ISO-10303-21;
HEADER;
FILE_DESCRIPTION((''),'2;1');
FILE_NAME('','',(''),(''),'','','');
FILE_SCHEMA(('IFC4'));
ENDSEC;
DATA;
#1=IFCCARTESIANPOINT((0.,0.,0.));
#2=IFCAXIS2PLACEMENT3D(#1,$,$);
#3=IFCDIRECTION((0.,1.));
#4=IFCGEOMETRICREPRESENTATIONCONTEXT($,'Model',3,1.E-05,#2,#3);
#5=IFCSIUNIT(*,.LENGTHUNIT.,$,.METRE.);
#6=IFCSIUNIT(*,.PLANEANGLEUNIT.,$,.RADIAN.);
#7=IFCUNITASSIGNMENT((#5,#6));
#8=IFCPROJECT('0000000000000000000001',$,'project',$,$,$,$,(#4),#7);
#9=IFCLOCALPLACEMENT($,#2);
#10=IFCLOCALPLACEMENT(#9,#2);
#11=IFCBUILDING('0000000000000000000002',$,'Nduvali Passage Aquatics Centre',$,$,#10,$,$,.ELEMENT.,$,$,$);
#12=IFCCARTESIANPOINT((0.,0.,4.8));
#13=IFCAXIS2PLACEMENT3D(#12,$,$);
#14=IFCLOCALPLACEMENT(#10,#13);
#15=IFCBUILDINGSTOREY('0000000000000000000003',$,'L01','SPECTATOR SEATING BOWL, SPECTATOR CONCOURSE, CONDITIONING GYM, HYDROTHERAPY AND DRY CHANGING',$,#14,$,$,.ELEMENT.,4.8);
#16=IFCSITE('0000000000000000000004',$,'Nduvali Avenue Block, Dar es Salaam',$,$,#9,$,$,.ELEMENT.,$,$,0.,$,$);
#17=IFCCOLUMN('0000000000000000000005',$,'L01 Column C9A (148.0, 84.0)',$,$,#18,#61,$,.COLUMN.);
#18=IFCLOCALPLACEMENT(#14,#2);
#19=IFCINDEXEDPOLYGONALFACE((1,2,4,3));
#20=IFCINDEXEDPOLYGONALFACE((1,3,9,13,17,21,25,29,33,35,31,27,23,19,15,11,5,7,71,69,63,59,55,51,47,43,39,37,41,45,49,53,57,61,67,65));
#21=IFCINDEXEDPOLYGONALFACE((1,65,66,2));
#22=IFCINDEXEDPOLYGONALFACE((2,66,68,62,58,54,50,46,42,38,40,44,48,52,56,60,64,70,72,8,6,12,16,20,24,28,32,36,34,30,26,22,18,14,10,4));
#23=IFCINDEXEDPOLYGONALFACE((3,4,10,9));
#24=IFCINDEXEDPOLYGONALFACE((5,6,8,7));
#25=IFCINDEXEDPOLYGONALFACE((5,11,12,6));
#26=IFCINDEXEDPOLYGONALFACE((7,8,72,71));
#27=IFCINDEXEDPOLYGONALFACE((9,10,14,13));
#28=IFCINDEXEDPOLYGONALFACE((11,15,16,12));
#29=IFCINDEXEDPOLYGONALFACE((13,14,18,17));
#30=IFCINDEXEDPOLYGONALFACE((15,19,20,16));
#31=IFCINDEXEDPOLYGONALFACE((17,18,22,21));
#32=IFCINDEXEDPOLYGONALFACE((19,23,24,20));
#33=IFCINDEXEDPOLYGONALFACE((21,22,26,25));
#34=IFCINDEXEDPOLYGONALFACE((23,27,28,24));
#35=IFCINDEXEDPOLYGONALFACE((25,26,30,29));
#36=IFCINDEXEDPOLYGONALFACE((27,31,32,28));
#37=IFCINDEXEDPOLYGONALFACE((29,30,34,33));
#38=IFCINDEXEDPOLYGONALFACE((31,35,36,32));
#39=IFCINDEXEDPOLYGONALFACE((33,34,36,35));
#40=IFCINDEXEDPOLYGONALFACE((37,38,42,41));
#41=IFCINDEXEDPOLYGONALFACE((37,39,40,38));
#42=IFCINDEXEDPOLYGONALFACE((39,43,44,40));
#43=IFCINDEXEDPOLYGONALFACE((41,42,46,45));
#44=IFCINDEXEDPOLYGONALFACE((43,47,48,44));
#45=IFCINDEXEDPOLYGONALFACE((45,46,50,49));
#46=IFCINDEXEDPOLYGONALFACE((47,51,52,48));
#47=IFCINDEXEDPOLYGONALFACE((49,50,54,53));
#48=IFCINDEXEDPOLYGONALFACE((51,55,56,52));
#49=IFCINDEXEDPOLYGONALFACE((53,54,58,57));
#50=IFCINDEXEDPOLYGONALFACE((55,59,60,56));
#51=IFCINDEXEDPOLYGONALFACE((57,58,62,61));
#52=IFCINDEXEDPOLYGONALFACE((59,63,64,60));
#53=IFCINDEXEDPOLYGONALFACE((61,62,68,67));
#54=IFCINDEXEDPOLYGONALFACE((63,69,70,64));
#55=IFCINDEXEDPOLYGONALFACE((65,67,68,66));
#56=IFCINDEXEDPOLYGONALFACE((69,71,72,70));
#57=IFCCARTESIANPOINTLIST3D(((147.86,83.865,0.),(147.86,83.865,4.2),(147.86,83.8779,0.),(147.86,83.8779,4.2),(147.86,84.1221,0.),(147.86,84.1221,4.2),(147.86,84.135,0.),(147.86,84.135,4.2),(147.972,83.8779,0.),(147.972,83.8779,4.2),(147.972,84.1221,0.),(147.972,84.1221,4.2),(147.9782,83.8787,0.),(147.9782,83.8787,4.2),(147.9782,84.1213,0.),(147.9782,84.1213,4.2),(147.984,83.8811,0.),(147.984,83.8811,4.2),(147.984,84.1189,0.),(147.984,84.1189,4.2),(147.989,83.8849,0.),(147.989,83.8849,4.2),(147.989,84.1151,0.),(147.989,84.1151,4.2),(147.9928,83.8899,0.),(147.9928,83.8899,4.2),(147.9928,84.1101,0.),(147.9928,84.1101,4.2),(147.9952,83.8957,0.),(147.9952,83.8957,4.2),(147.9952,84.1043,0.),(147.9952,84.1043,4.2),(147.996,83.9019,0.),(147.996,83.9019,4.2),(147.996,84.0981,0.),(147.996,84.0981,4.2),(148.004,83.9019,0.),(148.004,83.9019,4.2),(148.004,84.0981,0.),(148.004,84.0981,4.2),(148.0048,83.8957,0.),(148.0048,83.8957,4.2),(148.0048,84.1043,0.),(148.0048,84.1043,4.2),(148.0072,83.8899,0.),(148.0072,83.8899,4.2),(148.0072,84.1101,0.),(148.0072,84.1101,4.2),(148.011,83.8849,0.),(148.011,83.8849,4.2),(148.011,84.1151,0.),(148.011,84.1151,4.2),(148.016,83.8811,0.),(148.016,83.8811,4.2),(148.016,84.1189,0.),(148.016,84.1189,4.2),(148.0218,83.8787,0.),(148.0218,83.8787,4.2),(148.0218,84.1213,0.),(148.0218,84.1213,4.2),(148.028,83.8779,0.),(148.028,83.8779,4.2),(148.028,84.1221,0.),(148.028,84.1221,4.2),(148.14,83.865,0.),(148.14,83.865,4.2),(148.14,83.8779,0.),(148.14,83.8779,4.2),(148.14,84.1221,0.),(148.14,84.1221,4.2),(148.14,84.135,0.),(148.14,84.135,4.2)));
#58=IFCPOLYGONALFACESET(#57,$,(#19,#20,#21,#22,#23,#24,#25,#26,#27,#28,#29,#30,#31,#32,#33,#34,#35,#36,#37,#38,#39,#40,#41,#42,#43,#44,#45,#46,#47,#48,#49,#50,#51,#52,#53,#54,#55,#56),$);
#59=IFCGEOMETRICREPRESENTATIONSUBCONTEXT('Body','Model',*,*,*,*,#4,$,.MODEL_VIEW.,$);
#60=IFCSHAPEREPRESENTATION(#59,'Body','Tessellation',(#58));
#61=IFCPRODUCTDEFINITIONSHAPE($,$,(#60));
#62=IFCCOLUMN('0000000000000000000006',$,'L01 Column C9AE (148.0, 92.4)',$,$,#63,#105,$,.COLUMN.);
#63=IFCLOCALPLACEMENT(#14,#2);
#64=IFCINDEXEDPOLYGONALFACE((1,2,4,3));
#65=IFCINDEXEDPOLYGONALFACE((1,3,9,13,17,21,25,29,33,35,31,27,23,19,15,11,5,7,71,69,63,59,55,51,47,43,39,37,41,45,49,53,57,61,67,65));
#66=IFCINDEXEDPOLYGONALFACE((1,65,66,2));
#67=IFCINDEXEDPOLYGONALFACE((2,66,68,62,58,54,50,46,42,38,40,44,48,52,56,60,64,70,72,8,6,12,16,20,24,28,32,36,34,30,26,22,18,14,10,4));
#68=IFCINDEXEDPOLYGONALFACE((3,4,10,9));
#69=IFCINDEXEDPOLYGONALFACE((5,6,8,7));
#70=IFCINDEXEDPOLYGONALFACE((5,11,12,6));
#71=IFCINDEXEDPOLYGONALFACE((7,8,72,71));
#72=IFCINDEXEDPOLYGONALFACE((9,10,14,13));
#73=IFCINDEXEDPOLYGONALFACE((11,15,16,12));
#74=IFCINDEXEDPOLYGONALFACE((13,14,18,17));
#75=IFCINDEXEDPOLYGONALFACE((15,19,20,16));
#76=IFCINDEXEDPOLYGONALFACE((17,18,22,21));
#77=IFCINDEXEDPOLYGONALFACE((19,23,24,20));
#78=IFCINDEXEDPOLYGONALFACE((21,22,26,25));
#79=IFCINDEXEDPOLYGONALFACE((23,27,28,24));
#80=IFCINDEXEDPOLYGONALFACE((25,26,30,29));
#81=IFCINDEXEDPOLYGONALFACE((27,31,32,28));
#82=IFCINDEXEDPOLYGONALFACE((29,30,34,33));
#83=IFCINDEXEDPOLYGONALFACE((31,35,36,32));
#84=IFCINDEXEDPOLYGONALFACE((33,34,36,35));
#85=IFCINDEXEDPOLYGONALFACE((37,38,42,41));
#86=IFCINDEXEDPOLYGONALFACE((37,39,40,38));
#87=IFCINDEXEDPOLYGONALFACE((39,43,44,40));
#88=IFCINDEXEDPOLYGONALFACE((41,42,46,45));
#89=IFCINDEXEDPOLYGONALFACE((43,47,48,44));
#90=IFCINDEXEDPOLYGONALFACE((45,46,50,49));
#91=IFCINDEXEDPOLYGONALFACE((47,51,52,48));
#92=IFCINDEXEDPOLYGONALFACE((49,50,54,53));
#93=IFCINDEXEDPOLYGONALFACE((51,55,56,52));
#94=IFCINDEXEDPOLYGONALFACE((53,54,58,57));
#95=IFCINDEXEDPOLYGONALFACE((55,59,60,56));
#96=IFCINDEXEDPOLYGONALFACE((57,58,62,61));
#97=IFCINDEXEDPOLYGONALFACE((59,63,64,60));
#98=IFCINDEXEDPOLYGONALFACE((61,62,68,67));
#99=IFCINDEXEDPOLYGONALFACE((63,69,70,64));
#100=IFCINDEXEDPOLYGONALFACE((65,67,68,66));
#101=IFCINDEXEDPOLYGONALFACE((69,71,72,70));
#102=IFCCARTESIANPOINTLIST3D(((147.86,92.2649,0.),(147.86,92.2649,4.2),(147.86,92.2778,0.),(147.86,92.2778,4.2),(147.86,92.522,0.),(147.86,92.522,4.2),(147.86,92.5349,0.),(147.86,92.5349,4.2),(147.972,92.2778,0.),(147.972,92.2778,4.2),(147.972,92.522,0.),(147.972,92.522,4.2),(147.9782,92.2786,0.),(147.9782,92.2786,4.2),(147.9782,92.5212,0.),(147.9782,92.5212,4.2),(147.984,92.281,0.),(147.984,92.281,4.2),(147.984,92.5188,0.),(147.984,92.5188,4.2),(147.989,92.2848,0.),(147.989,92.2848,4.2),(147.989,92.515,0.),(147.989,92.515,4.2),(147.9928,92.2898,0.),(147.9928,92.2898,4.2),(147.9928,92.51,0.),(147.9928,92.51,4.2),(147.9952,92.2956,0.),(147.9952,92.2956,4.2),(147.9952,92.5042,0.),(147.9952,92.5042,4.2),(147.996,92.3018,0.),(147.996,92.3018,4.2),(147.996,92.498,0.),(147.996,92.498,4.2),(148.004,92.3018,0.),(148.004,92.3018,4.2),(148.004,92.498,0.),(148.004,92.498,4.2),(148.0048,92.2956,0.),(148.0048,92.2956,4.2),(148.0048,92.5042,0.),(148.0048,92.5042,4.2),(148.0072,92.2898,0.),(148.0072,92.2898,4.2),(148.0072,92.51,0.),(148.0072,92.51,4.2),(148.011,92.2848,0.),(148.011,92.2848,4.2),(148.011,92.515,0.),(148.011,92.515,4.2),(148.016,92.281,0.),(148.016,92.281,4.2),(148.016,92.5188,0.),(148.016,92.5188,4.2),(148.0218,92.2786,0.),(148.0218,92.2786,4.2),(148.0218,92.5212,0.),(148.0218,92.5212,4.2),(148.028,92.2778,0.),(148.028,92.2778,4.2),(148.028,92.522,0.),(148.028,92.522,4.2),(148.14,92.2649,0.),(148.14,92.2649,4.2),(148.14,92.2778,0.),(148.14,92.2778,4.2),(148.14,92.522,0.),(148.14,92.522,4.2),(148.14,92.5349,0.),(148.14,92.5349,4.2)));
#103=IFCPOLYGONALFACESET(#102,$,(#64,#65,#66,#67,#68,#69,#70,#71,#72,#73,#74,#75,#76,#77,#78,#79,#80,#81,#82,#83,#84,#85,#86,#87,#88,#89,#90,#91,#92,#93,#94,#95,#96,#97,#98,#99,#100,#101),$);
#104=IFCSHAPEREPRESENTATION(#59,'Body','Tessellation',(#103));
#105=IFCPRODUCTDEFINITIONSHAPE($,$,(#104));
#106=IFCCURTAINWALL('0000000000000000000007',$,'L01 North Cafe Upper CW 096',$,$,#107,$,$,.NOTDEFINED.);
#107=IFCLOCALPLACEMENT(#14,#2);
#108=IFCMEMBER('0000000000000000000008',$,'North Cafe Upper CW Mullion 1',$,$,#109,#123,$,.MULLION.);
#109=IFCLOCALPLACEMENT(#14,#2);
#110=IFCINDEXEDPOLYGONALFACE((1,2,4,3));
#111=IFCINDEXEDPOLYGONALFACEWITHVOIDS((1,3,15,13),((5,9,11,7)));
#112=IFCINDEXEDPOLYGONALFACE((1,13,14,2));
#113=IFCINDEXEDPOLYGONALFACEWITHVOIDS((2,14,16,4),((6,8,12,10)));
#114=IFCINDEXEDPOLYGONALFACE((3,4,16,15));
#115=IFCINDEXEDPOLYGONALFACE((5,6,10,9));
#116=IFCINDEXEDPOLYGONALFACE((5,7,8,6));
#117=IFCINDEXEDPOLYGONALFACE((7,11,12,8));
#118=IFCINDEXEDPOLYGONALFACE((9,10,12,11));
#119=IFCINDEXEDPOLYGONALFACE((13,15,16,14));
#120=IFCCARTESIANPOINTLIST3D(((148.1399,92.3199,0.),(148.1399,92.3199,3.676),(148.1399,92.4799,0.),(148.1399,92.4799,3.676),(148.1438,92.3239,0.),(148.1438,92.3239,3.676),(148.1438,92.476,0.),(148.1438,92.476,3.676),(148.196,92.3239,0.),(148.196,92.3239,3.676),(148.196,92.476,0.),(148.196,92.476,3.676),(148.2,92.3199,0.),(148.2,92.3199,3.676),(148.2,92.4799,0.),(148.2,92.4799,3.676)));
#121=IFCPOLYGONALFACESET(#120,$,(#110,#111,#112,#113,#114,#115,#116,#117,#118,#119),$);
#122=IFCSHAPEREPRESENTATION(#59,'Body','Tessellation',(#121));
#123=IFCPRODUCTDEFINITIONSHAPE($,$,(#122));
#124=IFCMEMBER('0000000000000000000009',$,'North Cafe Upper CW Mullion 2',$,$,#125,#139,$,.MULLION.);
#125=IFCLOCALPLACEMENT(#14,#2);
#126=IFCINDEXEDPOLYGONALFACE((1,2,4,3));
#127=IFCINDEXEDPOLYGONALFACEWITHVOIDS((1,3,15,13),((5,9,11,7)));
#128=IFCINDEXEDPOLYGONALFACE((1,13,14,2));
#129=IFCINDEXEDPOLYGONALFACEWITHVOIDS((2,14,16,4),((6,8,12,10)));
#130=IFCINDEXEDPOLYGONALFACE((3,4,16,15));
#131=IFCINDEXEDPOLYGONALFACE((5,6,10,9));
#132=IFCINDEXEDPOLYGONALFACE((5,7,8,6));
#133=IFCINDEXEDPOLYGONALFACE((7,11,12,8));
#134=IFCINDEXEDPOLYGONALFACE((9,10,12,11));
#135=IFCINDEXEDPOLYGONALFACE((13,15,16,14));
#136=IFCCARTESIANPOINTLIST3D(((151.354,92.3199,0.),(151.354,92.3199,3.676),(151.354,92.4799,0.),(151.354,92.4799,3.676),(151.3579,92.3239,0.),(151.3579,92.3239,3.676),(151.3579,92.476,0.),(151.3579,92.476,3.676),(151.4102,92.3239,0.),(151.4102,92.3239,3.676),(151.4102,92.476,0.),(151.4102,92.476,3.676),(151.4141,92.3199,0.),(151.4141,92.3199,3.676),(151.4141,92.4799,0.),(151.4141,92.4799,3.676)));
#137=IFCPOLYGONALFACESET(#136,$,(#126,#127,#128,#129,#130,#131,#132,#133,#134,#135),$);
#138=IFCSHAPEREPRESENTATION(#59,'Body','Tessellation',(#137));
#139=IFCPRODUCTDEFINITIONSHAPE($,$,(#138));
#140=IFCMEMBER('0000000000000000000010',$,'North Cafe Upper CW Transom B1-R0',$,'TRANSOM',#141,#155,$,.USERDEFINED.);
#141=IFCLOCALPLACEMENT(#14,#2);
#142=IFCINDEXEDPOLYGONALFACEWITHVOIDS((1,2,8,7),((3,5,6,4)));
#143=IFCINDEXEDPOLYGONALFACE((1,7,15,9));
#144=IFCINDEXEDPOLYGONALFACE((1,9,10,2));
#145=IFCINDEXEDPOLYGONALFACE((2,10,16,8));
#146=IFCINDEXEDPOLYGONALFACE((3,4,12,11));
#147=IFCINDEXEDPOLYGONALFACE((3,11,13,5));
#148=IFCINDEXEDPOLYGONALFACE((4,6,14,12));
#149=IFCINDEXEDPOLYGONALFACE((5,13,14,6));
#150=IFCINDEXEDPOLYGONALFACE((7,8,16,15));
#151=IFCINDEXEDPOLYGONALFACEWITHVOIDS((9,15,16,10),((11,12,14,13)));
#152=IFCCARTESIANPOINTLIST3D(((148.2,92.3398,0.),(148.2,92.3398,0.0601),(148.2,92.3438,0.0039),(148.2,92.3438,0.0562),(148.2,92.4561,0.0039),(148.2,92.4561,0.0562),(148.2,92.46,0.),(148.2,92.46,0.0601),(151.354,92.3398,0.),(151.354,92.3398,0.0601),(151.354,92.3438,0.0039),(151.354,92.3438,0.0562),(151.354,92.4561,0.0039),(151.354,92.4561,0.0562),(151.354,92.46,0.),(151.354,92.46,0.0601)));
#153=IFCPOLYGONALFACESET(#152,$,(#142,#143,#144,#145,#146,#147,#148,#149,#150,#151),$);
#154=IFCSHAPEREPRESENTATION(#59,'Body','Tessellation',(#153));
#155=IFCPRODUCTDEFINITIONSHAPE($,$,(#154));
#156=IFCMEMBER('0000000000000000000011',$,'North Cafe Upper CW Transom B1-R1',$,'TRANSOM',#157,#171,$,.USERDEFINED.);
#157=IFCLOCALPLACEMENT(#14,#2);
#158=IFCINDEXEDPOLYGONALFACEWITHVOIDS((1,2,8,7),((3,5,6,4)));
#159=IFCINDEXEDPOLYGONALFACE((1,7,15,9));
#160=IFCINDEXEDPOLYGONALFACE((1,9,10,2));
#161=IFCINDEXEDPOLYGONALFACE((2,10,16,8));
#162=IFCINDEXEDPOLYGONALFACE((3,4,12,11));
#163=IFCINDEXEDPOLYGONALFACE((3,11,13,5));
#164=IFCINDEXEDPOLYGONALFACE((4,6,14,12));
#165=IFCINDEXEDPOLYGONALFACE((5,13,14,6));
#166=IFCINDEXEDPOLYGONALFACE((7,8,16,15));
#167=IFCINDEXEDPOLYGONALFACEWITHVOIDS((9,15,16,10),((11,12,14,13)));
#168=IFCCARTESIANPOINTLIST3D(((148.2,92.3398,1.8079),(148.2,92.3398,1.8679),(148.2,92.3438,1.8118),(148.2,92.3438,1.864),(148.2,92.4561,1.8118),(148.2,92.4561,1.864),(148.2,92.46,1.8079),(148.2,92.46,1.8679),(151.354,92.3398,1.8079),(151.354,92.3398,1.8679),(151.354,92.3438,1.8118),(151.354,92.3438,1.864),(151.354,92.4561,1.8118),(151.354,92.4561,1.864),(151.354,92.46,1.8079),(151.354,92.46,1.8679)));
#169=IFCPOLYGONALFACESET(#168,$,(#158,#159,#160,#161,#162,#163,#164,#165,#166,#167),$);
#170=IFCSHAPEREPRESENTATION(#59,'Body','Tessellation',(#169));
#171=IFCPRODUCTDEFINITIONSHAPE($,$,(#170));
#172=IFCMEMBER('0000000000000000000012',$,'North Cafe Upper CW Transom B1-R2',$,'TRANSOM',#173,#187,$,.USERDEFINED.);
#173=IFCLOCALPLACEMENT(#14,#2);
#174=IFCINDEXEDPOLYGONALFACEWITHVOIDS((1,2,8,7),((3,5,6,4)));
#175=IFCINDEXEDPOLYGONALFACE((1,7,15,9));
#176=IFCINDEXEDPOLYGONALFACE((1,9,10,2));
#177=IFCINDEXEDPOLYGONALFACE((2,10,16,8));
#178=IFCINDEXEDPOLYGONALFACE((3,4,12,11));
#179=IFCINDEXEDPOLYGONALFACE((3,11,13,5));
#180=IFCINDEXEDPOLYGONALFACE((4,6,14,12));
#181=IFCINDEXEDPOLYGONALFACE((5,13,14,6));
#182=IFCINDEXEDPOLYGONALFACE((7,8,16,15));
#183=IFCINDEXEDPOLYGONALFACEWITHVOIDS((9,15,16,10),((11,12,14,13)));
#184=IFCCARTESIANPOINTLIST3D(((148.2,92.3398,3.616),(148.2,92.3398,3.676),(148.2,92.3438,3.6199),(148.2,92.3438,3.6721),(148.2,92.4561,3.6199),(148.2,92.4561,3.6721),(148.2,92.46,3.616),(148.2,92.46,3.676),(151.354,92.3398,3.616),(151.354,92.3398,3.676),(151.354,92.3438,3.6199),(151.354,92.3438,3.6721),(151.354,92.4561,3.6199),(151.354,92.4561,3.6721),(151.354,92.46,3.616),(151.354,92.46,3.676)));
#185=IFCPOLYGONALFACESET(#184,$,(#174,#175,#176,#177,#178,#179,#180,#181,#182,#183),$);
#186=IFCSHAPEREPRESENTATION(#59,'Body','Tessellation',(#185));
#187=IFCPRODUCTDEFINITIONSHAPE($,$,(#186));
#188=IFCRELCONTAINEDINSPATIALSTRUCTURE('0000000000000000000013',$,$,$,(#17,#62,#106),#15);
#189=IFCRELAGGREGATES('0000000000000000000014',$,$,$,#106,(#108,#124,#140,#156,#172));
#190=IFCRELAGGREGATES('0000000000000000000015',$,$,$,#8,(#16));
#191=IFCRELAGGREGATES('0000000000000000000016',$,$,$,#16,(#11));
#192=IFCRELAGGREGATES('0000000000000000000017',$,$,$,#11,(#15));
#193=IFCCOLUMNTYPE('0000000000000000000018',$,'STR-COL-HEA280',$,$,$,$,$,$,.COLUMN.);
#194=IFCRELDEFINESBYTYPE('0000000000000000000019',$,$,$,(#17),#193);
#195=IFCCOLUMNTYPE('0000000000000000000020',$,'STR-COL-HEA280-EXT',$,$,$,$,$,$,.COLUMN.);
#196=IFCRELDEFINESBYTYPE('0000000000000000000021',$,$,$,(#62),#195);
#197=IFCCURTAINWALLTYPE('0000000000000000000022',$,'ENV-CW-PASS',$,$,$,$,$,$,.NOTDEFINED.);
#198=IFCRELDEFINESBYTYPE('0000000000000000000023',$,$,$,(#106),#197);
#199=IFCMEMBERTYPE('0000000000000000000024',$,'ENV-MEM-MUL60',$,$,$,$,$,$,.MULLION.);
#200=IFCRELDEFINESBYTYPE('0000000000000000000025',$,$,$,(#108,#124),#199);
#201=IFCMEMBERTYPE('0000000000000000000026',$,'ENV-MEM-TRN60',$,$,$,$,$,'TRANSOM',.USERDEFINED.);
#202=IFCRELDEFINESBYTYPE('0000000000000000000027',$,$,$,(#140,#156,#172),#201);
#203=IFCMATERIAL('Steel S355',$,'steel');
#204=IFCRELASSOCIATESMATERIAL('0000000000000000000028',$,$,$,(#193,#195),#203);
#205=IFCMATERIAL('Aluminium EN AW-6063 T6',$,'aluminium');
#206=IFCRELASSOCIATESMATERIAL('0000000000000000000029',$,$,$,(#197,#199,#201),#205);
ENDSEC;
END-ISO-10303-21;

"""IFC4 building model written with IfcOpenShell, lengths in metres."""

from ifc_helpers import new_model, si_unit, direction, frame, origin, origin_2d, place, context, subcontext, project, spatial, hollow_rectangle, i_section, extrude, material, material_profile, profile_set, type_object, element, aggregate, save


model = new_model("IFC4")

# Units and contexts
model_context = context("Model", 3, precision=1e-05, world=origin(), true_north=direction((0.0, 1.0)))
body_context = subcontext(model_context, "Body", "Model", "MODEL_VIEW")
ifc_project = project(units=[si_unit("LENGTHUNIT", "METRE"), si_unit("PLANEANGLEUNIT", "RADIAN")], contexts=[model_context])

# Site, building, storey
site_placement = place(None, origin())
site = spatial("IfcSite", under=ifc_project, at=site_placement, Name="Nduvali Avenue Block, Dar es Salaam", CompositionType="ELEMENT", RefElevation=0.0)
building_placement = place(site_placement, origin())
building = spatial("IfcBuilding", under=site, at=building_placement, Name="Nduvali Passage Aquatics Centre", CompositionType="ELEMENT")
storey_placement = place(building_placement, frame((0.0, 0.0, 4.8)))
storey = spatial("IfcBuildingStorey", under=building, at=storey_placement, Name="L01", Description="SPECTATOR SEATING BOWL, SPECTATOR CONCOURSE, CONDITIONING GYM, HYDROTHERAPY AND DRY CHANGING", CompositionType="ELEMENT", Elevation=4.8)

# Columns
ifc_material_1 = material(Name="Steel S355", Category="steel")
ifc_material_profile_1 = material_profile(ifc_material_1, i_section(OverallWidth=0.28, OverallDepth=0.27, WebThickness=0.0081, FlangeThickness=0.0129, FilletRadius=0.0239, at=origin_2d()), Name="HEA 280")
ifc_profile_set_1 = profile_set([ifc_material_profile_1], Name="Steel S355")
column_type_1 = type_object("IfcColumnType", Name="STR-COL-HEA280", PredefinedType="COLUMN", material=ifc_profile_set_1)
column_1_placement = place(storey_placement, frame((148.0, 84.0, 0.0), z_axis=(0.0, 0.0, 1.0), x_axis=(1.0, 0.0, 0.0)))
element("IfcColumn", 1, at=column_1_placement, inside=storey, type_object=column_type_1, Name="L01 Column C9A (148.0, 84.0)", PredefinedType="COLUMN", context=body_context, shape_type="SweptSolid", body=[
    extrude(i_section(OverallWidth=0.28, OverallDepth=0.27, WebThickness=0.0081, FlangeThickness=0.0129, FilletRadius=0.0239, at=origin_2d()), origin(), (0.0, 0.0, 1.0), 4.2),
])
ifc_material_profile_2 = material_profile(ifc_material_1, i_section(OverallWidth=0.28, OverallDepth=0.27, WebThickness=0.0081, FlangeThickness=0.0129, FilletRadius=0.0239, at=origin_2d()), Name="HEA 280")
ifc_profile_set_2 = profile_set([ifc_material_profile_2], Name="Steel S355")
column_type_2 = type_object("IfcColumnType", Name="STR-COL-HEA280-EXT", PredefinedType="COLUMN", material=ifc_profile_set_2)
column_2_placement = place(storey_placement, frame((148.0, 92.3999, 0.0), z_axis=(0.0, 0.0, 1.0), x_axis=(1.0, 0.0, 0.0)))
element("IfcColumn", 2, at=column_2_placement, inside=storey, type_object=column_type_2, Name="L01 Column C9AE (148.0, 92.4)", PredefinedType="COLUMN", context=body_context, shape_type="SweptSolid", body=[
    extrude(i_section(OverallWidth=0.28, OverallDepth=0.27, WebThickness=0.0081, FlangeThickness=0.0129, FilletRadius=0.0239, at=origin_2d()), origin(), (0.0, 0.0, 1.0), 4.2),
])

# Curtain wall, members
ifc_material_2 = material(Name="Aluminium EN AW-6063 T6", Category="aluminium")
curtain_wall_type = type_object("IfcCurtainWallType", Name="ENV-CW-PASS", PredefinedType="NOTDEFINED", material=ifc_material_2)
curtain_wall_placement = place(storey_placement, origin())
curtain_wall = element("IfcCurtainWall", 3, at=curtain_wall_placement, inside=storey, type_object=curtain_wall_type, Name="L01 North Cafe Upper CW 096", PredefinedType="NOTDEFINED")
ifc_material_profile_3 = material_profile(ifc_material_2, hollow_rectangle(XDim=0.0601, YDim=0.1599, WallThickness=0.0039, at=origin_2d()), Name="ALU MULLION 60x160x4")
ifc_profile_set_3 = profile_set([ifc_material_profile_3], Name="Aluminium EN AW-6063 T6")
member_type_1 = type_object("IfcMemberType", Name="ENV-MEM-MUL60", PredefinedType="MULLION", material=ifc_profile_set_3)
member_1_placement = place(storey_placement, frame((148.1699, 92.3999, 0.0), z_axis=(0.0, 0.0, 1.0), x_axis=(1.0, 0.0, 0.0)))
member_1 = element("IfcMember", 4, at=member_1_placement, type_object=member_type_1, Name="North Cafe Upper CW Mullion 1", PredefinedType="MULLION", context=body_context, shape_type="SweptSolid", body=[
    extrude(hollow_rectangle(XDim=0.0601, YDim=0.1599, WallThickness=0.0039, at=origin_2d()), origin(), (0.0, 0.0, 1.0), 3.676),
])
member_2_placement = place(storey_placement, frame((151.384, 92.3999, 0.0), z_axis=(0.0, 0.0, 1.0), x_axis=(1.0, 0.0, 0.0)))
member_2 = element("IfcMember", 5, at=member_2_placement, type_object=member_type_1, Name="North Cafe Upper CW Mullion 2", PredefinedType="MULLION", context=body_context, shape_type="SweptSolid", body=[
    extrude(hollow_rectangle(XDim=0.0601, YDim=0.1599, WallThickness=0.0039, at=origin_2d()), origin(), (0.0, 0.0, 1.0), 3.676),
])
ifc_material_profile_4 = material_profile(ifc_material_2, hollow_rectangle(XDim=0.1201, YDim=0.0601, WallThickness=0.0039, at=origin_2d()), Name="ALU TRANSOM 120x60x4")
ifc_profile_set_4 = profile_set([ifc_material_profile_4], Name="Aluminium EN AW-6063 T6")
member_type_2 = type_object("IfcMemberType", Name="ENV-MEM-TRN60", ElementType="TRANSOM", PredefinedType="USERDEFINED", material=ifc_profile_set_4)
member_3_placement = place(storey_placement, frame((148.2, 92.3999, 0.03), z_axis=(1.0, 0.0, 0.0), x_axis=(0.0, 1.0, 0.0)))
member_3 = element("IfcMember", 6, at=member_3_placement, type_object=member_type_2, Name="North Cafe Upper CW Transom B1-R0", ObjectType="TRANSOM", PredefinedType="USERDEFINED", context=body_context, shape_type="SweptSolid", body=[
    extrude(hollow_rectangle(XDim=0.1201, YDim=0.0601, WallThickness=0.0039, at=origin_2d()), origin(), (0.0, 0.0, 1.0), 3.1541),
])
member_4_placement = place(storey_placement, frame((148.2, 92.3999, 1.8379), z_axis=(1.0, 0.0, 0.0), x_axis=(0.0, 1.0, 0.0)))
member_4 = element("IfcMember", 7, at=member_4_placement, type_object=member_type_2, Name="North Cafe Upper CW Transom B1-R1", ObjectType="TRANSOM", PredefinedType="USERDEFINED", context=body_context, shape_type="SweptSolid", body=[
    extrude(hollow_rectangle(XDim=0.1201, YDim=0.0601, WallThickness=0.0039, at=origin_2d()), origin(), (0.0, 0.0, 1.0), 3.1541),
])
member_5_placement = place(storey_placement, frame((148.2, 92.3999, 3.646), z_axis=(1.0, 0.0, 0.0), x_axis=(0.0, 1.0, 0.0)))
member_5 = element("IfcMember", 8, at=member_5_placement, type_object=member_type_2, Name="North Cafe Upper CW Transom B1-R2", ObjectType="TRANSOM", PredefinedType="USERDEFINED", context=body_context, shape_type="SweptSolid", body=[
    extrude(hollow_rectangle(XDim=0.1201, YDim=0.0601, WallThickness=0.0039, at=origin_2d()), origin(), (0.0, 0.0, 1.0), 3.1541),
])

aggregate(curtain_wall, [member_1, member_2, member_3, member_4, member_5])

save(model, "model.ifc")
